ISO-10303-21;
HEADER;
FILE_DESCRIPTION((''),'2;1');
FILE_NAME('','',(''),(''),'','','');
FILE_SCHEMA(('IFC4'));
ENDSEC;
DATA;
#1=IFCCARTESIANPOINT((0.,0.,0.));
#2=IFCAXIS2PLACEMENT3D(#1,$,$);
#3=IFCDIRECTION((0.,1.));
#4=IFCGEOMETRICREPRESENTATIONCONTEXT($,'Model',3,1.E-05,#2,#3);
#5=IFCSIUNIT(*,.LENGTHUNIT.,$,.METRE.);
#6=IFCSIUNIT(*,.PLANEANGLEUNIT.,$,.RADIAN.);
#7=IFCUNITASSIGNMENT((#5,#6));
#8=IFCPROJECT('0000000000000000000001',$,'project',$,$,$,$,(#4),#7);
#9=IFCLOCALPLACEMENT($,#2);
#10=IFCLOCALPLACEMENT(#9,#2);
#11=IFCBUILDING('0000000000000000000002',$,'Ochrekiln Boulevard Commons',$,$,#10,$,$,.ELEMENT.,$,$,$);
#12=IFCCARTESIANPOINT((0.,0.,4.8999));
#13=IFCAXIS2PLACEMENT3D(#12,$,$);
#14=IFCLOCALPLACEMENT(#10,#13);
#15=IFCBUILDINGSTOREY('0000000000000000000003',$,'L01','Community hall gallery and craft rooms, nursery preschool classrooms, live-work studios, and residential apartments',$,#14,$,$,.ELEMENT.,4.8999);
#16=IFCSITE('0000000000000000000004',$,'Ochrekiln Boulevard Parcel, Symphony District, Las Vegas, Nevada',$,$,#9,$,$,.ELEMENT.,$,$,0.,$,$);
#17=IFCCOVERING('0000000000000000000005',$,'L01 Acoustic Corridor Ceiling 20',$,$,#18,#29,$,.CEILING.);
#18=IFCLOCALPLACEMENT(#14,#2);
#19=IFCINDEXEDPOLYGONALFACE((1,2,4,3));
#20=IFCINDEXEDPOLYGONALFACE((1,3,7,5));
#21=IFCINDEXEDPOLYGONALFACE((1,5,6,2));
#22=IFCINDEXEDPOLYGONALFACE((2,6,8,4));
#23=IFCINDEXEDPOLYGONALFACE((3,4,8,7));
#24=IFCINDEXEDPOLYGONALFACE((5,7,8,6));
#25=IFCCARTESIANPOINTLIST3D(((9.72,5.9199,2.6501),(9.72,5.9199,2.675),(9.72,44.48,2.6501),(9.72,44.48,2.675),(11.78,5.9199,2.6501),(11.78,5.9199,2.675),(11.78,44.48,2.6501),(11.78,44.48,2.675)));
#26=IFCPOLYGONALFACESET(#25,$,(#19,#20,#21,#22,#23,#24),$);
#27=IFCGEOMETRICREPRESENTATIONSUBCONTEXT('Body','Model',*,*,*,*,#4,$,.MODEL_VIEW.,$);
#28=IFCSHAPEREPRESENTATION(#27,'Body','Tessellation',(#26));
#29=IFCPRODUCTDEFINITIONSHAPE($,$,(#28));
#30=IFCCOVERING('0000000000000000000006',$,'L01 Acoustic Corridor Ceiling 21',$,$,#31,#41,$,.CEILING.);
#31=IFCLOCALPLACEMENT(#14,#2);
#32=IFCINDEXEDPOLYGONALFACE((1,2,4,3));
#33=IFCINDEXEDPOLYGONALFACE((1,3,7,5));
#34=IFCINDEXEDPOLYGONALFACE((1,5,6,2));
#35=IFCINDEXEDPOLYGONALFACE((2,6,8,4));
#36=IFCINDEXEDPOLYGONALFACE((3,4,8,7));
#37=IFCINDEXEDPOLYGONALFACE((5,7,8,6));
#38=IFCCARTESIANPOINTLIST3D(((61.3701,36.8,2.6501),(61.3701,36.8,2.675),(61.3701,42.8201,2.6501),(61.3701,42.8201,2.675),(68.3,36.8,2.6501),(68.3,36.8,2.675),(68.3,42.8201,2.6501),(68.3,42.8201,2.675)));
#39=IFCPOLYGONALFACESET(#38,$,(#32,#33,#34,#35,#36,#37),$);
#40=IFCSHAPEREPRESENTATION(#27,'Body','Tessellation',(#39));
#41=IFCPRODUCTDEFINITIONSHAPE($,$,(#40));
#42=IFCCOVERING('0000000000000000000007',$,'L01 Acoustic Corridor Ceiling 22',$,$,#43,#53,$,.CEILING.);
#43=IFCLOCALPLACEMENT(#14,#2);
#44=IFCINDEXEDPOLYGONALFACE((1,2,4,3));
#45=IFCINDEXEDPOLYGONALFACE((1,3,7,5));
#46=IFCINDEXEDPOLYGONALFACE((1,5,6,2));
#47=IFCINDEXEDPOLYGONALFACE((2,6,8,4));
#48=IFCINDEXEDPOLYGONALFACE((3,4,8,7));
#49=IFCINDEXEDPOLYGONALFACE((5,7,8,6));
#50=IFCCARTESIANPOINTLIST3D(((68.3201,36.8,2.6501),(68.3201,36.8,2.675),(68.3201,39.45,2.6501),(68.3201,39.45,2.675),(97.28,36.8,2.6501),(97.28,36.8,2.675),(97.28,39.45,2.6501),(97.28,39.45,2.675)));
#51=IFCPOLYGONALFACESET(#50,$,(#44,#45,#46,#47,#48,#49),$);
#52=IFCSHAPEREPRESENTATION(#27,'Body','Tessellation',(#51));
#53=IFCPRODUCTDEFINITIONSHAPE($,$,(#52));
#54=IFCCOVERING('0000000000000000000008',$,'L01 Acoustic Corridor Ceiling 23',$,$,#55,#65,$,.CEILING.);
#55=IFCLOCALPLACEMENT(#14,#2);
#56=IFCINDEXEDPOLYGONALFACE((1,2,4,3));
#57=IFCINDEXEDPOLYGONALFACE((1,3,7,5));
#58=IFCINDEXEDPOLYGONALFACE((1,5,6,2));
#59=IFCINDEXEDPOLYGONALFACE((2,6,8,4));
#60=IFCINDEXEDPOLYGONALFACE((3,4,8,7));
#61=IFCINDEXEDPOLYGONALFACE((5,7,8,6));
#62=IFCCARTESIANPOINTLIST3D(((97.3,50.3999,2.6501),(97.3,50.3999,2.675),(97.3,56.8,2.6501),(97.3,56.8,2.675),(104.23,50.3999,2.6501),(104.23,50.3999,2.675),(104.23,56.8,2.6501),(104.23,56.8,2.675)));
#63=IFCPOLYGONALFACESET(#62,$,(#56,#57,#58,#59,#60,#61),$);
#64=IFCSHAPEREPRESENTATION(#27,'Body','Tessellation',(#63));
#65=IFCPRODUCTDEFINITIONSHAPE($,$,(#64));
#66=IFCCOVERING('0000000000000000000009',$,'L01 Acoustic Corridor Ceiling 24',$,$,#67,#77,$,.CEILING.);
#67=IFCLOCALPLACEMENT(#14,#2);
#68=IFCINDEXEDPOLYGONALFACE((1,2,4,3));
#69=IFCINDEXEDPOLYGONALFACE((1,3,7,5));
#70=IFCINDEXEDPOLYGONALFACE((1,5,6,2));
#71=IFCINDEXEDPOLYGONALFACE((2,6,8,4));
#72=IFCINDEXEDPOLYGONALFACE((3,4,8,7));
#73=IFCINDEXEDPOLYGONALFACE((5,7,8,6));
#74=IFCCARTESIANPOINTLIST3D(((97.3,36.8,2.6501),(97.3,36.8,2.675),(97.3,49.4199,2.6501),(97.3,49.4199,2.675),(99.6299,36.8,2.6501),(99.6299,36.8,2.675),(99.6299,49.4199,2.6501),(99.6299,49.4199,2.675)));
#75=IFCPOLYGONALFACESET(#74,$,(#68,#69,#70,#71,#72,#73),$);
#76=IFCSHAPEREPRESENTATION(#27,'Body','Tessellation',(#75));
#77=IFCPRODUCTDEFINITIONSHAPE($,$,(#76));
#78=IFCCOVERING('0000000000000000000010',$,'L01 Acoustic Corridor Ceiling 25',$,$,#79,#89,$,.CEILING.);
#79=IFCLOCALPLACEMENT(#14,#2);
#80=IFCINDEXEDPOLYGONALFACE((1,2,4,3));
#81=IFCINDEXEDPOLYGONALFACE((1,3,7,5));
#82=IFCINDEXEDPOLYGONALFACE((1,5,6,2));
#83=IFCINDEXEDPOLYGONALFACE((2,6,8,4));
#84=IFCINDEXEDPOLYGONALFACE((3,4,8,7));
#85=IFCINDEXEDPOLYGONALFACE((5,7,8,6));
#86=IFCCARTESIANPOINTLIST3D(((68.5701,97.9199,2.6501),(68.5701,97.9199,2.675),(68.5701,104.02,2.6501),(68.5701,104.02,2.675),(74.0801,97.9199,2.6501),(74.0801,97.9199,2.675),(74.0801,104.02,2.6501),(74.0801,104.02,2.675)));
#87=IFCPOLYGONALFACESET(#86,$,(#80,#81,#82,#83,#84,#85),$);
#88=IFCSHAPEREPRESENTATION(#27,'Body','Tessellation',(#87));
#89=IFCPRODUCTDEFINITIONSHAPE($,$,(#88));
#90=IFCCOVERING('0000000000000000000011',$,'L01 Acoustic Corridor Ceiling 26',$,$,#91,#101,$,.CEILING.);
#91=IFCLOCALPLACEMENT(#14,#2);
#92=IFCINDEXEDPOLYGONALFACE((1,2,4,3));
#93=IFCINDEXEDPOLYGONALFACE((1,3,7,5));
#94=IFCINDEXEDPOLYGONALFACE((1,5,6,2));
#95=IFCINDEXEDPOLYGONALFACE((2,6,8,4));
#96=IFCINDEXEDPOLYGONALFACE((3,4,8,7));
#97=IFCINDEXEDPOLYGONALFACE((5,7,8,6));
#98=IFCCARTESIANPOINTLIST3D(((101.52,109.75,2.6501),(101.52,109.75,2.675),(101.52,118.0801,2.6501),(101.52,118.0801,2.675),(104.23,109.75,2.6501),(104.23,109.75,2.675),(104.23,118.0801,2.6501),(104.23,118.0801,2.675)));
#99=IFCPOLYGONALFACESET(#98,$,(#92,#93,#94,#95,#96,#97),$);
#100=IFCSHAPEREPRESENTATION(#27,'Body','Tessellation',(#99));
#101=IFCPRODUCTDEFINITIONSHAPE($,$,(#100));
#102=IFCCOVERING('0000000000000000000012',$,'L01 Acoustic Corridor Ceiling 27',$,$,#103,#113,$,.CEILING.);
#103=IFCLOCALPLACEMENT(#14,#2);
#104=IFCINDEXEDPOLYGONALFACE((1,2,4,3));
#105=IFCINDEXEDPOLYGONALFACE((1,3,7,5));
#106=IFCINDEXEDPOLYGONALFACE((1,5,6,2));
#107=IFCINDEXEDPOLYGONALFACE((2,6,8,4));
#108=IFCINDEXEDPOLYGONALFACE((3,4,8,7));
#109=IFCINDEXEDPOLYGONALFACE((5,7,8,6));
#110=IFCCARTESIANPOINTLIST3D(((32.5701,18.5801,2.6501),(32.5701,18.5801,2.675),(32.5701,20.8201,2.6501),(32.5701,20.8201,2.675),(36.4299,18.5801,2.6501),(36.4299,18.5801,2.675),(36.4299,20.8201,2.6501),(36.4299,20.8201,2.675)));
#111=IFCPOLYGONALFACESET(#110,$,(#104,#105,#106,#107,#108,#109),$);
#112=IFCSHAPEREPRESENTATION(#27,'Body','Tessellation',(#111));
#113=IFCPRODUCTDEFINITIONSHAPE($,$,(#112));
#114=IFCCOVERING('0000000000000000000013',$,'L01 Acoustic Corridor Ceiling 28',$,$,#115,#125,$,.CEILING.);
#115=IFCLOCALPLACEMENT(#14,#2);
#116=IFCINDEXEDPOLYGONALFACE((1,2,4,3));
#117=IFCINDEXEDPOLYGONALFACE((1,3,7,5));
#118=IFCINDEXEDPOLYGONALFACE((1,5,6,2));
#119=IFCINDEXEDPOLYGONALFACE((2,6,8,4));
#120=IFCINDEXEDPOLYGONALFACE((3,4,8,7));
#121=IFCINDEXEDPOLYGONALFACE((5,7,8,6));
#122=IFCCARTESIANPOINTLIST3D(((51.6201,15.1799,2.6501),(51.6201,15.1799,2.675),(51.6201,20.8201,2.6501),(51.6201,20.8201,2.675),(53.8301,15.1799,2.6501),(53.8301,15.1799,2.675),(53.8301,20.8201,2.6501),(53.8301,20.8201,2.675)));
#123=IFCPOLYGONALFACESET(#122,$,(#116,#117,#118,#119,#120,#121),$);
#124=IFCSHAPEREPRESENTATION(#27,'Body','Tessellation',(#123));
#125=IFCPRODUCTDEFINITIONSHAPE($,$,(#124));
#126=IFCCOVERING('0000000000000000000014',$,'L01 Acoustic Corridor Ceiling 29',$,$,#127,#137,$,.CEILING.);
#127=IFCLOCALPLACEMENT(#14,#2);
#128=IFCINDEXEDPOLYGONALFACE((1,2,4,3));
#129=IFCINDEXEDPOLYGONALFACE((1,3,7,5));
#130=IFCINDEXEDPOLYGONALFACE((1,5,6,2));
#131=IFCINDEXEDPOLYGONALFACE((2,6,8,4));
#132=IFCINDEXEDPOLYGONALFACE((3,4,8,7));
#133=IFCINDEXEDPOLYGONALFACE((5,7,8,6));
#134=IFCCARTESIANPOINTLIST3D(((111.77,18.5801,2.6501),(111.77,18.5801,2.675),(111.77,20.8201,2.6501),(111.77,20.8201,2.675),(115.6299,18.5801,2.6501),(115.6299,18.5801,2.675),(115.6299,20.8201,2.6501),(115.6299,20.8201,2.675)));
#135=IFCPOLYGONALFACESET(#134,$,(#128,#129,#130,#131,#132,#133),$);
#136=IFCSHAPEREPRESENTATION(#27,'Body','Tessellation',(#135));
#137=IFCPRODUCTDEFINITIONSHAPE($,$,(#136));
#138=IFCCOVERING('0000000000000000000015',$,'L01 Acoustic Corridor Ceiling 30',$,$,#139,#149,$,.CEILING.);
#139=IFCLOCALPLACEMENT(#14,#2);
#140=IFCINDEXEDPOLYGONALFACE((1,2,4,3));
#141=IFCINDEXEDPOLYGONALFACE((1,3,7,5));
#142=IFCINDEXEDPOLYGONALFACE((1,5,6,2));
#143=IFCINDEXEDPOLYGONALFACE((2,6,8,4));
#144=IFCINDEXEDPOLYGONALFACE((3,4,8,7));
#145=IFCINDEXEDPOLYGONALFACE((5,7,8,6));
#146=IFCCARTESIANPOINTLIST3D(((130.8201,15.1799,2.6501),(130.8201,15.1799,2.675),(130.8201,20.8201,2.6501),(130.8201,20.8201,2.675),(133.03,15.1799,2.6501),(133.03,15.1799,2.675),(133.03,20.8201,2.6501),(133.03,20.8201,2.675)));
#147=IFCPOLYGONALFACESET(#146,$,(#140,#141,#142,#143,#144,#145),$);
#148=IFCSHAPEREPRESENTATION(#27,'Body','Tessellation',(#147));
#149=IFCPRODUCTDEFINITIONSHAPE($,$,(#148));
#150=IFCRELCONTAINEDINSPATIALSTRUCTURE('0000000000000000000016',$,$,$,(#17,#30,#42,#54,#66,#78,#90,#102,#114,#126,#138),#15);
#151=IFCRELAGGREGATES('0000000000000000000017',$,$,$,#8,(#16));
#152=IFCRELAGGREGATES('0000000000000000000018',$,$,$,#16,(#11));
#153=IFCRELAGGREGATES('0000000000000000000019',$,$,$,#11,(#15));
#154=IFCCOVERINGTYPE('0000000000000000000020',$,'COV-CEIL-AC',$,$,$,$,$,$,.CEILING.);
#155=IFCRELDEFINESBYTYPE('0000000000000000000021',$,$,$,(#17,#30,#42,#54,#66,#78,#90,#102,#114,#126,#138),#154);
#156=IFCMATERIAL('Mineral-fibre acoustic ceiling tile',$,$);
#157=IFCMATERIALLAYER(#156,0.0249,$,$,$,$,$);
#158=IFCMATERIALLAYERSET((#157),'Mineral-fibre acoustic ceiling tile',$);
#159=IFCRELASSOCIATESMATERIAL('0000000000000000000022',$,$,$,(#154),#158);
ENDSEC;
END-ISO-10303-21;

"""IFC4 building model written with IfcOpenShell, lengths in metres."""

from ifc_helpers import new_model, si_unit, direction, frame, origin, place, context, subcontext, project, spatial, polyline, outline, extrude, material, layer, layer_set, type_object, element, save


model = new_model("IFC4")

# Units and contexts
model_context = context("Model", 3, precision=1e-05, world=origin(), true_north=direction((0.0, 1.0)))
body_context = subcontext(model_context, "Body", "Model", "MODEL_VIEW")
ifc_project = project(units=[si_unit("LENGTHUNIT", "METRE"), si_unit("PLANEANGLEUNIT", "RADIAN")], contexts=[model_context])

# Site, building, storey
site_placement = place(None, origin())
site = spatial("IfcSite", under=ifc_project, at=site_placement, Name="Ochrekiln Boulevard Parcel, Symphony District, Las Vegas, Nevada", CompositionType="ELEMENT", RefElevation=0.0)
building_placement = place(site_placement, origin())
building = spatial("IfcBuilding", under=site, at=building_placement, Name="Ochrekiln Boulevard Commons", CompositionType="ELEMENT")
storey_placement = place(building_placement, frame((0.0, 0.0, 4.8999)))
storey = spatial("IfcBuildingStorey", under=building, at=storey_placement, Name="L01", Description="Community hall gallery and craft rooms, nursery preschool classrooms, live-work studios, and residential apartments", CompositionType="ELEMENT", Elevation=4.8999)

# Coverings
ifc_material_1 = material(Name="Mineral-fibre acoustic ceiling tile")
ifc_layer_1 = layer(ifc_material_1, 0.0249)
ifc_layer_set_1 = layer_set([ifc_layer_1], Name="Mineral-fibre acoustic ceiling tile")
covering_type = type_object("IfcCoveringType", Name="COV-CEIL-AC", PredefinedType="CEILING", material=ifc_layer_set_1)
covering_1_placement = place(storey_placement, frame((0.0, 0.0, 2.6501)))
element("IfcCovering", 1, at=covering_1_placement, inside=storey, type_object=covering_type, Name="L01 Acoustic Corridor Ceiling 20", PredefinedType="CEILING", context=body_context, shape_type="SweptSolid", body=[
    extrude(outline(polyline([(9.72, 5.9199), (11.78, 5.9199), (11.78, 44.48), (9.72, 44.48), (9.72, 5.9199)])), origin(), (0.0, 0.0, 1.0), 0.0249),
])
covering_2_placement = place(storey_placement, frame((0.0, 0.0, 2.6501)))
element("IfcCovering", 2, at=covering_2_placement, inside=storey, type_object=covering_type, Name="L01 Acoustic Corridor Ceiling 21", PredefinedType="CEILING", context=body_context, shape_type="SweptSolid", body=[
    extrude(outline(polyline([(61.3701, 36.8), (68.3, 36.8), (68.3, 42.8201), (61.3701, 42.8201), (61.3701, 36.8)])), origin(), (0.0, 0.0, 1.0), 0.0249),
])
covering_3_placement = place(storey_placement, frame((0.0, 0.0, 2.6501)))
element("IfcCovering", 3, at=covering_3_placement, inside=storey, type_object=covering_type, Name="L01 Acoustic Corridor Ceiling 22", PredefinedType="CEILING", context=body_context, shape_type="SweptSolid", body=[
    extrude(outline(polyline([(68.3201, 36.8), (97.28, 36.8), (97.28, 39.45), (68.3201, 39.45), (68.3201, 36.8)])), origin(), (0.0, 0.0, 1.0), 0.0249),
])
covering_4_placement = place(storey_placement, frame((0.0, 0.0, 2.6501)))
element("IfcCovering", 4, at=covering_4_placement, inside=storey, type_object=covering_type, Name="L01 Acoustic Corridor Ceiling 23", PredefinedType="CEILING", context=body_context, shape_type="SweptSolid", body=[
    extrude(outline(polyline([(97.3, 50.3999), (104.23, 50.3999), (104.23, 56.8), (97.3, 56.8), (97.3, 50.3999)])), origin(), (0.0, 0.0, 1.0), 0.0249),
])
covering_5_placement = place(storey_placement, frame((0.0, 0.0, 2.6501)))
element("IfcCovering", 5, at=covering_5_placement, inside=storey, type_object=covering_type, Name="L01 Acoustic Corridor Ceiling 24", PredefinedType="CEILING", context=body_context, shape_type="SweptSolid", body=[
    extrude(outline(polyline([(97.3, 36.8), (99.6299, 36.8), (99.6299, 49.4199), (97.3, 49.4199), (97.3, 36.8)])), origin(), (0.0, 0.0, 1.0), 0.0249),
])
covering_6_placement = place(storey_placement, frame((0.0, 0.0, 2.6501)))
element("IfcCovering", 6, at=covering_6_placement, inside=storey, type_object=covering_type, Name="L01 Acoustic Corridor Ceiling 25", PredefinedType="CEILING", context=body_context, shape_type="SweptSolid", body=[
    extrude(outline(polyline([(68.5701, 97.9199), (74.0801, 97.9199), (74.0801, 104.02), (68.5701, 104.02), (68.5701, 97.9199)])), origin(), (0.0, 0.0, 1.0), 0.0249),
])
covering_7_placement = place(storey_placement, frame((0.0, 0.0, 2.6501)))
element("IfcCovering", 7, at=covering_7_placement, inside=storey, type_object=covering_type, Name="L01 Acoustic Corridor Ceiling 26", PredefinedType="CEILING", context=body_context, shape_type="SweptSolid", body=[
    extrude(outline(polyline([(101.52, 109.75), (104.23, 109.75), (104.23, 118.0801), (101.52, 118.0801), (101.52, 109.75)])), origin(), (0.0, 0.0, 1.0), 0.0249),
])
covering_8_placement = place(storey_placement, frame((0.0, 0.0, 2.6501)))
element("IfcCovering", 8, at=covering_8_placement, inside=storey, type_object=covering_type, Name="L01 Acoustic Corridor Ceiling 27", PredefinedType="CEILING", context=body_context, shape_type="SweptSolid", body=[
    extrude(outline(polyline([(32.5701, 18.5801), (36.4299, 18.5801), (36.4299, 20.8201), (32.5701, 20.8201), (32.5701, 18.5801)])), origin(), (0.0, 0.0, 1.0), 0.0249),
])
covering_9_placement = place(storey_placement, frame((0.0, 0.0, 2.6501)))
element("IfcCovering", 9, at=covering_9_placement, inside=storey, type_object=covering_type, Name="L01 Acoustic Corridor Ceiling 28", PredefinedType="CEILING", context=body_context, shape_type="SweptSolid", body=[
    extrude(outline(polyline([(51.6201, 15.1799), (53.8301, 15.1799), (53.8301, 20.8201), (51.6201, 20.8201), (51.6201, 15.1799)])), origin(), (0.0, 0.0, 1.0), 0.0249),
])
covering_10_placement = place(storey_placement, frame((0.0, 0.0, 2.6501)))
element("IfcCovering", 10, at=covering_10_placement, inside=storey, type_object=covering_type, Name="L01 Acoustic Corridor Ceiling 29", PredefinedType="CEILING", context=body_context, shape_type="SweptSolid", body=[
    extrude(outline(polyline([(111.77, 18.5801), (115.6299, 18.5801), (115.6299, 20.8201), (111.77, 20.8201), (111.77, 18.5801)])), origin(), (0.0, 0.0, 1.0), 0.0249),
])
covering_11_placement = place(storey_placement, frame((0.0, 0.0, 2.6501)))
element("IfcCovering", 11, at=covering_11_placement, inside=storey, type_object=covering_type, Name="L01 Acoustic Corridor Ceiling 30", PredefinedType="CEILING", context=body_context, shape_type="SweptSolid", body=[
    extrude(outline(polyline([(130.8201, 15.1799), (133.03, 15.1799), (133.03, 20.8201), (130.8201, 20.8201), (130.8201, 15.1799)])), origin(), (0.0, 0.0, 1.0), 0.0249),
])

save(model, "model.ifc")
